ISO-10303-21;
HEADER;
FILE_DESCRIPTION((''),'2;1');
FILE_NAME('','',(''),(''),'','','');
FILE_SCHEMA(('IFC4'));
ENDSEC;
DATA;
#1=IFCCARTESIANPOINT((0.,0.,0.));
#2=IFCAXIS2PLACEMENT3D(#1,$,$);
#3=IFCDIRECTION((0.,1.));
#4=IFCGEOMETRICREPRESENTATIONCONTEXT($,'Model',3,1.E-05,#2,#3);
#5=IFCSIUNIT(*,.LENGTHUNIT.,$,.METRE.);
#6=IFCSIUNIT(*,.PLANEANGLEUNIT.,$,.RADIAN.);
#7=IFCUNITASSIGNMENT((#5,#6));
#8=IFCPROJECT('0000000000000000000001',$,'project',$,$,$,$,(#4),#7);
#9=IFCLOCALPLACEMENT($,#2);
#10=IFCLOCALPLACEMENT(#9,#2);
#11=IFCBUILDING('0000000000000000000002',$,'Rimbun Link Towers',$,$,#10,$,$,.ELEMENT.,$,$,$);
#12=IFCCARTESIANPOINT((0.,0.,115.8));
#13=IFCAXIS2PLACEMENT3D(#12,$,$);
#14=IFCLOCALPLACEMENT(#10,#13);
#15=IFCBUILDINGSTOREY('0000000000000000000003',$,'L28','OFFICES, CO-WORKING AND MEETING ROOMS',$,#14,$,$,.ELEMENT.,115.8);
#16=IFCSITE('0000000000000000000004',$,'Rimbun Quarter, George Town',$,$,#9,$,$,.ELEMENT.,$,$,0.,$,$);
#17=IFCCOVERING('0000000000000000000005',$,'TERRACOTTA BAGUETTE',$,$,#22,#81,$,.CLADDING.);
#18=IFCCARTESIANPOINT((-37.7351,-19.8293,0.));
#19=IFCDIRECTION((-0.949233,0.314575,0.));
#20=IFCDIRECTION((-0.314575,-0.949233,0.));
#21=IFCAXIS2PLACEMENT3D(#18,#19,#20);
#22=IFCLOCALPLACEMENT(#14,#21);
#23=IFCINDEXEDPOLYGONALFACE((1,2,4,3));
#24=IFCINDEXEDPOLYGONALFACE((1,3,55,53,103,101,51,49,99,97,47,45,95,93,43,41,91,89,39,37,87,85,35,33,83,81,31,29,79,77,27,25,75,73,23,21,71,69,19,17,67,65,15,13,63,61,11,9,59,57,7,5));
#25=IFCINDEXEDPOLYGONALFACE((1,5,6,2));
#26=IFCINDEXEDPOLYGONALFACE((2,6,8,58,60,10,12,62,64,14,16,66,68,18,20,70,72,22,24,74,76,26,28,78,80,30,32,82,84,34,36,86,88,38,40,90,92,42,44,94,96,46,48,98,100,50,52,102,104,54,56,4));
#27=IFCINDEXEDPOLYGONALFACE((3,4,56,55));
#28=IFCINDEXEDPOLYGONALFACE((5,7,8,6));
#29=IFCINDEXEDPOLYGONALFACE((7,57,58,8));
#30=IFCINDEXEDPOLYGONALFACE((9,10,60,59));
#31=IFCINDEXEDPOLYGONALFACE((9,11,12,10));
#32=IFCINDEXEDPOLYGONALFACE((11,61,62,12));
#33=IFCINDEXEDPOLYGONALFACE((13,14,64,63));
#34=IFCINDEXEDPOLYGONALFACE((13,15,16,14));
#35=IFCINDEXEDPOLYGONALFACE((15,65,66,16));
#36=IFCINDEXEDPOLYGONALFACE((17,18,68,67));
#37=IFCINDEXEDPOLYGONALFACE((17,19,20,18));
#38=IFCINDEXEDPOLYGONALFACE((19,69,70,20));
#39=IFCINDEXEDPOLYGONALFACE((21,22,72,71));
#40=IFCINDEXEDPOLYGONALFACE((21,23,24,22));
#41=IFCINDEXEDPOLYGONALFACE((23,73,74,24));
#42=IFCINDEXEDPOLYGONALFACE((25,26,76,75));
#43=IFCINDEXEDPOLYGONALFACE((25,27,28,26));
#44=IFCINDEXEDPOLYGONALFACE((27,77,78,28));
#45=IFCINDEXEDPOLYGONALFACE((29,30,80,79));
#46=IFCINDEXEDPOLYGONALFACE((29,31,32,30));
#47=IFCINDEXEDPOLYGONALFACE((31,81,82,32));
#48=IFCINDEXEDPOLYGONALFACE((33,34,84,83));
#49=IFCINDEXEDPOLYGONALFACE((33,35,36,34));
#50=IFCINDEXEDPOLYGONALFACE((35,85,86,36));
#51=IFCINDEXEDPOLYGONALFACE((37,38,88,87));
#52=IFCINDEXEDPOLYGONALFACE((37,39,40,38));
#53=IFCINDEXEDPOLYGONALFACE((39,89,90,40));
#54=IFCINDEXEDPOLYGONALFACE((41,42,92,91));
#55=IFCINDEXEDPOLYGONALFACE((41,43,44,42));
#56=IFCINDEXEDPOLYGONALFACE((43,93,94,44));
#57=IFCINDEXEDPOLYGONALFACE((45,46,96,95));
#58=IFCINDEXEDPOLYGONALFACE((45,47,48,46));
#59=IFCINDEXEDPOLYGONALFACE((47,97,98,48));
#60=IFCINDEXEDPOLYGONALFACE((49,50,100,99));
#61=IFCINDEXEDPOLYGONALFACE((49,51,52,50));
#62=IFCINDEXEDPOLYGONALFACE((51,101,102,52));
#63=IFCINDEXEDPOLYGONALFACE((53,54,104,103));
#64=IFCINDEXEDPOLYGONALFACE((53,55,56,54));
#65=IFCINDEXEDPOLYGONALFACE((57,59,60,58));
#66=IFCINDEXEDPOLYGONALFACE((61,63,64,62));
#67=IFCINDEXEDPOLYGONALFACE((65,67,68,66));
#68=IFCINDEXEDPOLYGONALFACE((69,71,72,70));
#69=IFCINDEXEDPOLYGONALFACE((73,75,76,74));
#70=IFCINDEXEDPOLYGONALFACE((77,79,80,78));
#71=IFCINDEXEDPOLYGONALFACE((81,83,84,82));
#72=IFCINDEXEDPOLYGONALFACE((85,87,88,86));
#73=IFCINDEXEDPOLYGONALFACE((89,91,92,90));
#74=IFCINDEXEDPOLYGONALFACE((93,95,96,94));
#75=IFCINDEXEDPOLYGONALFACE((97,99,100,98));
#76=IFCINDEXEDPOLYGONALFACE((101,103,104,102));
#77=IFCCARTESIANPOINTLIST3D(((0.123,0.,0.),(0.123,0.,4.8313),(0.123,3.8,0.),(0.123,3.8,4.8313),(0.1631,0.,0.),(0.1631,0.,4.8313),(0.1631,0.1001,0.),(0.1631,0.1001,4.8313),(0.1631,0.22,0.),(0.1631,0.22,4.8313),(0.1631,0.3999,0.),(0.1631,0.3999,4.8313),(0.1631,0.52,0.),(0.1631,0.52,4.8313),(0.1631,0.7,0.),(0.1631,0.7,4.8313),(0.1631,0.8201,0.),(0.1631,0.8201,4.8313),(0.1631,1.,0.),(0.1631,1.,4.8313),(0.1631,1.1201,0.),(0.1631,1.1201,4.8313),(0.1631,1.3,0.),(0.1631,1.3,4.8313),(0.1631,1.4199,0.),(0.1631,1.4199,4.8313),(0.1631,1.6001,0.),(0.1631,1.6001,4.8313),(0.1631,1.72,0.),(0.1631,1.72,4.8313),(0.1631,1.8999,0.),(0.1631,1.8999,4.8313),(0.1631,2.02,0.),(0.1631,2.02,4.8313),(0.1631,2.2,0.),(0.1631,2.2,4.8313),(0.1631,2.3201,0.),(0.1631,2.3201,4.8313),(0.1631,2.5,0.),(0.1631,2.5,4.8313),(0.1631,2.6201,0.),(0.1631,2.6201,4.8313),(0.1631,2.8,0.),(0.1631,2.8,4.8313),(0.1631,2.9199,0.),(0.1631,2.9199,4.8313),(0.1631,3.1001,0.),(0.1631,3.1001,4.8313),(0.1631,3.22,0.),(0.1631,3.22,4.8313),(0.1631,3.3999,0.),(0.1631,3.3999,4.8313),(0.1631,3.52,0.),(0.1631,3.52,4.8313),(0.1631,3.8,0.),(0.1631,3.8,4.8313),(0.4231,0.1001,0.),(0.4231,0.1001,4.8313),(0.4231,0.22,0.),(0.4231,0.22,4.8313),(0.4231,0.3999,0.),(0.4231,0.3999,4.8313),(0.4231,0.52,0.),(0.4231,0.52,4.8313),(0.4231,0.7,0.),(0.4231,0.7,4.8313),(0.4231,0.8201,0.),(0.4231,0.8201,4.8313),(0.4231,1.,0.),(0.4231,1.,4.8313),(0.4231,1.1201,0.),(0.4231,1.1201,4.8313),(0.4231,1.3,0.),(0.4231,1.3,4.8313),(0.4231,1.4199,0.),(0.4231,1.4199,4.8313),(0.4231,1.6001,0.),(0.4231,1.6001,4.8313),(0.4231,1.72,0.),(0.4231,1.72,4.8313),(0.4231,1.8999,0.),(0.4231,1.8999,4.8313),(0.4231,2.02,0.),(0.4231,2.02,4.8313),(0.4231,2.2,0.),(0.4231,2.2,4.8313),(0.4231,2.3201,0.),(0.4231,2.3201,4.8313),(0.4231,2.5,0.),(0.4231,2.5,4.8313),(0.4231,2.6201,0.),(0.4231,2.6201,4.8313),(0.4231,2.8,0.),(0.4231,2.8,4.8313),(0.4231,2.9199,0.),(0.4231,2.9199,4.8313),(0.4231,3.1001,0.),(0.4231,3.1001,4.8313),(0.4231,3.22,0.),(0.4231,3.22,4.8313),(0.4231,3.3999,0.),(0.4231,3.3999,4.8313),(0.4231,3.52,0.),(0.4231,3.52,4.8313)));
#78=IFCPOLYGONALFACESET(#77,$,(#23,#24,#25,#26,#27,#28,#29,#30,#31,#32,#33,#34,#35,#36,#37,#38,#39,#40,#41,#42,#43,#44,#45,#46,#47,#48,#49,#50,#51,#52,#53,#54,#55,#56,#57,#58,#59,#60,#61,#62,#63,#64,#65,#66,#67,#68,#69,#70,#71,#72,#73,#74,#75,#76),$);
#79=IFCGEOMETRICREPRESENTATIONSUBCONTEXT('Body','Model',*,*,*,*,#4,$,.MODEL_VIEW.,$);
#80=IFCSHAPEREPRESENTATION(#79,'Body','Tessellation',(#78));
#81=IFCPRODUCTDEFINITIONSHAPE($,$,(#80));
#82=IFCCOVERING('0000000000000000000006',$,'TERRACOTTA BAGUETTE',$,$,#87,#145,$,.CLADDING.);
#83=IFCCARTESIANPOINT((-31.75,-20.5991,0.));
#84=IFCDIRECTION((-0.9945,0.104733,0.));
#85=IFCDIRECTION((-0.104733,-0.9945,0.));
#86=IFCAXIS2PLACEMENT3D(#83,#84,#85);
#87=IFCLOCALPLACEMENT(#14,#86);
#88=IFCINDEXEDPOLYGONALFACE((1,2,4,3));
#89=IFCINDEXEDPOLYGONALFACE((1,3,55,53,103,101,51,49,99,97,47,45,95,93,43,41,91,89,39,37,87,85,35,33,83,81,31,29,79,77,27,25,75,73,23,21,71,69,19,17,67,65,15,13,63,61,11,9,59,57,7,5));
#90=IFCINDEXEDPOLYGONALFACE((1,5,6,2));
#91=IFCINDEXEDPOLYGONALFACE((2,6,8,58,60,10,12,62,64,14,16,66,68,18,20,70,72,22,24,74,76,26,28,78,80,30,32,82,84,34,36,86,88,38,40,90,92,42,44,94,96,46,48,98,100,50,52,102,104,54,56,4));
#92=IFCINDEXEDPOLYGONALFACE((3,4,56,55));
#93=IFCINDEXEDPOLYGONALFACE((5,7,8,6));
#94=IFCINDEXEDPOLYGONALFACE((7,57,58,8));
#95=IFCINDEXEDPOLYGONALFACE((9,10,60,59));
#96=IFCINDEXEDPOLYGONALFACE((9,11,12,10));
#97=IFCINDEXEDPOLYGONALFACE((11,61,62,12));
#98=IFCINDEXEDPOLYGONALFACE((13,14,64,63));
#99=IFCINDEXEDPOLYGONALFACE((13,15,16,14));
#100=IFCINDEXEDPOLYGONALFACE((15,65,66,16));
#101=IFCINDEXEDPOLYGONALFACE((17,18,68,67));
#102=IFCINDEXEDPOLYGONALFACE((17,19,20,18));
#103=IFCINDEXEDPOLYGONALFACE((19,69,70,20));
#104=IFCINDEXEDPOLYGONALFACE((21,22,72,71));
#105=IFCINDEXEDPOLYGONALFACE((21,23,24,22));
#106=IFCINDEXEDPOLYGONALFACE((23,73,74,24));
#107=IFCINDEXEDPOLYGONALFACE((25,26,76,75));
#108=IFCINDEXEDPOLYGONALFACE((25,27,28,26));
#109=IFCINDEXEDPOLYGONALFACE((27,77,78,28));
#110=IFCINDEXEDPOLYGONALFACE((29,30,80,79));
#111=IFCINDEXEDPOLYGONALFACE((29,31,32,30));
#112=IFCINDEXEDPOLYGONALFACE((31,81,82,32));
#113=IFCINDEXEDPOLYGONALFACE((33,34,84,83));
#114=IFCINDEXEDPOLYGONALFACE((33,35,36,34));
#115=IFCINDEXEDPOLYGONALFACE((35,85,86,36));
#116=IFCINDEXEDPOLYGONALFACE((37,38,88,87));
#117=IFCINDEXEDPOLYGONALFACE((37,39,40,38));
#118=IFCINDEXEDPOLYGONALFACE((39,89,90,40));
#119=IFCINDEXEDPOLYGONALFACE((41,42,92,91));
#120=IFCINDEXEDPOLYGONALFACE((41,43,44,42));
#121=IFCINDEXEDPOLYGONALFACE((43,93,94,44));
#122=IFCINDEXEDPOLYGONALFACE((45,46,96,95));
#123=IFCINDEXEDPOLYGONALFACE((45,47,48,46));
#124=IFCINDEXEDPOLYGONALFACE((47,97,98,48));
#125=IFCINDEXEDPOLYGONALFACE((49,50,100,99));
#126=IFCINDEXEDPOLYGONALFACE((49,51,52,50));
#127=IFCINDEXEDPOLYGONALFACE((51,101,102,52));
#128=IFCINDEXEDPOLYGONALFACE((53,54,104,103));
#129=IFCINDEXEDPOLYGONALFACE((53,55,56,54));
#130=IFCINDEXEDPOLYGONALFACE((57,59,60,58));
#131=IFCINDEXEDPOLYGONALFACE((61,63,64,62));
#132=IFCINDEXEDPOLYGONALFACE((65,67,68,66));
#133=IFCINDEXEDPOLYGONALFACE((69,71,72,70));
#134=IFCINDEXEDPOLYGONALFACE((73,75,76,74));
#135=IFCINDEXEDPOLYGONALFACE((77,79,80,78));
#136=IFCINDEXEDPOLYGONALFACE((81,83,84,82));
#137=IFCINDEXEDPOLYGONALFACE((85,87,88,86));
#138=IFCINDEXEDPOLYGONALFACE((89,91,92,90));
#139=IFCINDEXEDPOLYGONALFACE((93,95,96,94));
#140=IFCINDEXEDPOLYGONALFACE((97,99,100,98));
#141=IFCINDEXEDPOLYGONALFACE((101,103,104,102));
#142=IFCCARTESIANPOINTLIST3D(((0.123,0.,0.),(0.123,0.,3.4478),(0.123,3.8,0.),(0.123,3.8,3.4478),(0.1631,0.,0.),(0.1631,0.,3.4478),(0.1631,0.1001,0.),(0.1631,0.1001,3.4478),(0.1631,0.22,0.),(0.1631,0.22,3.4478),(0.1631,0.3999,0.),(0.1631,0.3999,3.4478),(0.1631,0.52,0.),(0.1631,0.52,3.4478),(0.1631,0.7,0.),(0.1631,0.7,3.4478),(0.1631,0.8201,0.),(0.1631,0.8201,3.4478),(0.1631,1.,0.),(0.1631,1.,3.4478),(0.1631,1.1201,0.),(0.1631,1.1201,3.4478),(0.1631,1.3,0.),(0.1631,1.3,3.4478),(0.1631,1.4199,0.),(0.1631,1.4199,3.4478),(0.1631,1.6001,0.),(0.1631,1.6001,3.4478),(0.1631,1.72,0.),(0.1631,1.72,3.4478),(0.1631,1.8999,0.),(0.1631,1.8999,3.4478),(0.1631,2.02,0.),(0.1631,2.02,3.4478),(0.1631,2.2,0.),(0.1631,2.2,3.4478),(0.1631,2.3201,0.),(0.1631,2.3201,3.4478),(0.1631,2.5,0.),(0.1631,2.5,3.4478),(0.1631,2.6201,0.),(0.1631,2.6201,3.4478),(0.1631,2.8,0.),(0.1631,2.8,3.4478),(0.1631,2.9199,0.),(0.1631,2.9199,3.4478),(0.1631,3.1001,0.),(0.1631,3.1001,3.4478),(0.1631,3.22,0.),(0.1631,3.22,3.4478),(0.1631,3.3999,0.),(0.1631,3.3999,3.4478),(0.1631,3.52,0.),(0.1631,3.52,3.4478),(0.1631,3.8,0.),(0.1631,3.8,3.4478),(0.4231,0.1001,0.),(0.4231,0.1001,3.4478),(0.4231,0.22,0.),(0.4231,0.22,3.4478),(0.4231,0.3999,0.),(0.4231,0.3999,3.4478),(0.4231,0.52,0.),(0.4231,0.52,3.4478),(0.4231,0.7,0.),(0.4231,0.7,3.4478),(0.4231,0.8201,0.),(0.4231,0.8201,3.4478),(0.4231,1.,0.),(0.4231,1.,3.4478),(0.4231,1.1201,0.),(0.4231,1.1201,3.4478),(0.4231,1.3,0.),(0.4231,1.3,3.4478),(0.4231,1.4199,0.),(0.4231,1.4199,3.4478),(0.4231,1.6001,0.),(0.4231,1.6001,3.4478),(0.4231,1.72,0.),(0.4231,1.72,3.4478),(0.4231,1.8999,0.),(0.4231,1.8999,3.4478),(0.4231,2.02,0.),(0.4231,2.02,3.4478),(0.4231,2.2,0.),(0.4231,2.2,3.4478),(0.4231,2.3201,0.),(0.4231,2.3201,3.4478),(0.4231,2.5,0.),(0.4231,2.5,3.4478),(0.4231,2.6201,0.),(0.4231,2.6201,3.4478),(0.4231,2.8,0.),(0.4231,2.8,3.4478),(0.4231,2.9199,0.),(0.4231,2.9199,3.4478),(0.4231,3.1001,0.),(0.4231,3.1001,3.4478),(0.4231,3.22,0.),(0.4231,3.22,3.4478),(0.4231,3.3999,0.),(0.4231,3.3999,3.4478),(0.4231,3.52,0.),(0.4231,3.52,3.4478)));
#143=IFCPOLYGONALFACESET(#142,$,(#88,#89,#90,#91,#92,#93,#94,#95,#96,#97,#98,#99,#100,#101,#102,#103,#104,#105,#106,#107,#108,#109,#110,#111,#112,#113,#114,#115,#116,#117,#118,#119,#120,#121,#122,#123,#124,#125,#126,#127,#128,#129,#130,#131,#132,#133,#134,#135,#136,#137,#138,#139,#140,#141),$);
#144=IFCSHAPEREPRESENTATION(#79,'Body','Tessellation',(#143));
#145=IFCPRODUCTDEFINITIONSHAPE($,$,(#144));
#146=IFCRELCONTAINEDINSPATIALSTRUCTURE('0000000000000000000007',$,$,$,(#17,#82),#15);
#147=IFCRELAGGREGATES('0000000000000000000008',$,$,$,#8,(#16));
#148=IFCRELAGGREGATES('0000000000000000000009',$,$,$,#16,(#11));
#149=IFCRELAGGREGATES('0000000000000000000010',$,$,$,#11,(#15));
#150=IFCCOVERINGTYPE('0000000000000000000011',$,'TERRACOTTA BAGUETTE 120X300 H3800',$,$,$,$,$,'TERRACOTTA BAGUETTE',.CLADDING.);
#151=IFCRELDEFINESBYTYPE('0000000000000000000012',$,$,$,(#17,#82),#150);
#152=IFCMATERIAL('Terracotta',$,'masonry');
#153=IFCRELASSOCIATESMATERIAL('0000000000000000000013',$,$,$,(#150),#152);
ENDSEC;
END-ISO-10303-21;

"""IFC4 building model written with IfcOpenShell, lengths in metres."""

from ifc_helpers import new_model, si_unit, direction, frame, origin, place, context, subcontext, project, spatial, polyline, outline, extrude, material, material_profile, profile_set, type_object, element, save


model = new_model("IFC4")

# Units and contexts
model_context = context("Model", 3, precision=1e-05, world=origin(), true_north=direction((0.0, 1.0)))
body_context = subcontext(model_context, "Body", "Model", "MODEL_VIEW")
ifc_project = project(units=[si_unit("LENGTHUNIT", "METRE"), si_unit("PLANEANGLEUNIT", "RADIAN")], contexts=[model_context])

# Site, building, storey
site_placement = place(None, origin())
site = spatial("IfcSite", under=ifc_project, at=site_placement, Name="Rimbun Quarter, George Town", CompositionType="ELEMENT", RefElevation=0.0)
building_placement = place(site_placement, origin())
building = spatial("IfcBuilding", under=site, at=building_placement, Name="Rimbun Link Towers", CompositionType="ELEMENT")
storey_placement = place(building_placement, frame((0.0, 0.0, 115.8)))
storey = spatial("IfcBuildingStorey", under=building, at=storey_placement, Name="L28", Description="OFFICES, CO-WORKING AND MEETING ROOMS", CompositionType="ELEMENT", Elevation=115.8)

# Coverings
ifc_material_1 = material(Name="Terracotta", Category="masonry")
ifc_material_profile_1 = material_profile(ifc_material_1, outline(polyline([(0.123, 0.0), (0.1631, 0.0), (0.1631, 0.1001), (0.4231, 0.1001), (0.4231, 0.22), (0.1631, 0.22), (0.1631, 0.3999), (0.4231, 0.3999), (0.4231, 0.52), (0.1631, 0.52), (0.1631, 0.7), (0.4231, 0.7), (0.4231, 0.8201), (0.1631, 0.8201), (0.1631, 1.0), (0.4231, 1.0), (0.4231, 1.1201), (0.1631, 1.1201), (0.1631, 1.3), (0.4231, 1.3), (0.4231, 1.4199), (0.1631, 1.4199), (0.1631, 1.6001), (0.4231, 1.6001), (0.4231, 1.72), (0.1631, 1.72), (0.1631, 1.8999), (0.4231, 1.8999), (0.4231, 2.02), (0.1631, 2.02), (0.1631, 2.2), (0.4231, 2.2), (0.4231, 2.3201), (0.1631, 2.3201), (0.1631, 2.5), (0.4231, 2.5), (0.4231, 2.6201), (0.1631, 2.6201), (0.1631, 2.8), (0.4231, 2.8), (0.4231, 2.9199), (0.1631, 2.9199), (0.1631, 3.1001), (0.4231, 3.1001), (0.4231, 3.22), (0.1631, 3.22), (0.1631, 3.3999), (0.4231, 3.3999), (0.4231, 3.52), (0.1631, 3.52), (0.1631, 3.8), (0.123, 3.8), (0.123, 0.0)])), Name="BAGUETTE 120X300")
ifc_profile_set_1 = profile_set([ifc_material_profile_1], Name="Terracotta")
covering_type = type_object("IfcCoveringType", Name="TERRACOTTA BAGUETTE 120X300 H3800", ElementType="TERRACOTTA BAGUETTE", PredefinedType="CLADDING", material=ifc_profile_set_1)
covering_1_placement = place(storey_placement, frame((-37.7351, -19.8293, 0.0), z_axis=(-0.949233, 0.314575, 0.0), x_axis=(-0.314575, -0.949233, 0.0)))
element("IfcCovering", 1, at=covering_1_placement, inside=storey, type_object=covering_type, Name="TERRACOTTA BAGUETTE", PredefinedType="CLADDING", context=body_context, shape_type="SweptSolid", body=[
    extrude(outline(polyline([(0.123, 0.0), (0.1631, 0.0), (0.1631, 0.1001), (0.4231, 0.1001), (0.4231, 0.22), (0.1631, 0.22), (0.1631, 0.3999), (0.4231, 0.3999), (0.4231, 0.52), (0.1631, 0.52), (0.1631, 0.7), (0.4231, 0.7), (0.4231, 0.8201), (0.1631, 0.8201), (0.1631, 1.0), (0.4231, 1.0), (0.4231, 1.1201), (0.1631, 1.1201), (0.1631, 1.3), (0.4231, 1.3), (0.4231, 1.4199), (0.1631, 1.4199), (0.1631, 1.6001), (0.4231, 1.6001), (0.4231, 1.72), (0.1631, 1.72), (0.1631, 1.8999), (0.4231, 1.8999), (0.4231, 2.02), (0.1631, 2.02), (0.1631, 2.2), (0.4231, 2.2), (0.4231, 2.3201), (0.1631, 2.3201), (0.1631, 2.5), (0.4231, 2.5), (0.4231, 2.6201), (0.1631, 2.6201), (0.1631, 2.8), (0.4231, 2.8), (0.4231, 2.9199), (0.1631, 2.9199), (0.1631, 3.1001), (0.4231, 3.1001), (0.4231, 3.22), (0.1631, 3.22), (0.1631, 3.3999), (0.4231, 3.3999), (0.4231, 3.52), (0.1631, 3.52), (0.1631, 3.8), (0.123, 3.8), (0.123, 0.0)])), origin(), (0.0, 0.0, 1.0), 4.8313),
])
covering_2_placement = place(storey_placement, frame((-31.75, -20.5991, 0.0), z_axis=(-0.9945, 0.104733, 0.0), x_axis=(-0.104733, -0.9945, 0.0)))
element("IfcCovering", 2, at=covering_2_placement, inside=storey, type_object=covering_type, Name="TERRACOTTA BAGUETTE", PredefinedType="CLADDING", context=body_context, shape_type="SweptSolid", body=[
    extrude(outline(polyline([(0.123, 0.0), (0.1631, 0.0), (0.1631, 0.1001), (0.4231, 0.1001), (0.4231, 0.22), (0.1631, 0.22), (0.1631, 0.3999), (0.4231, 0.3999), (0.4231, 0.52), (0.1631, 0.52), (0.1631, 0.7), (0.4231, 0.7), (0.4231, 0.8201), (0.1631, 0.8201), (0.1631, 1.0), (0.4231, 1.0), (0.4231, 1.1201), (0.1631, 1.1201), (0.1631, 1.3), (0.4231, 1.3), (0.4231, 1.4199), (0.1631, 1.4199), (0.1631, 1.6001), (0.4231, 1.6001), (0.4231, 1.72), (0.1631, 1.72), (0.1631, 1.8999), (0.4231, 1.8999), (0.4231, 2.02), (0.1631, 2.02), (0.1631, 2.2), (0.4231, 2.2), (0.4231, 2.3201), (0.1631, 2.3201), (0.1631, 2.5), (0.4231, 2.5), (0.4231, 2.6201), (0.1631, 2.6201), (0.1631, 2.8), (0.4231, 2.8), (0.4231, 2.9199), (0.1631, 2.9199), (0.1631, 3.1001), (0.4231, 3.1001), (0.4231, 3.22), (0.1631, 3.22), (0.1631, 3.3999), (0.4231, 3.3999), (0.4231, 3.52), (0.1631, 3.52), (0.1631, 3.8), (0.123, 3.8), (0.123, 0.0)])), origin(), (0.0, 0.0, 1.0), 3.4478),
])

save(model, "model.ifc")
